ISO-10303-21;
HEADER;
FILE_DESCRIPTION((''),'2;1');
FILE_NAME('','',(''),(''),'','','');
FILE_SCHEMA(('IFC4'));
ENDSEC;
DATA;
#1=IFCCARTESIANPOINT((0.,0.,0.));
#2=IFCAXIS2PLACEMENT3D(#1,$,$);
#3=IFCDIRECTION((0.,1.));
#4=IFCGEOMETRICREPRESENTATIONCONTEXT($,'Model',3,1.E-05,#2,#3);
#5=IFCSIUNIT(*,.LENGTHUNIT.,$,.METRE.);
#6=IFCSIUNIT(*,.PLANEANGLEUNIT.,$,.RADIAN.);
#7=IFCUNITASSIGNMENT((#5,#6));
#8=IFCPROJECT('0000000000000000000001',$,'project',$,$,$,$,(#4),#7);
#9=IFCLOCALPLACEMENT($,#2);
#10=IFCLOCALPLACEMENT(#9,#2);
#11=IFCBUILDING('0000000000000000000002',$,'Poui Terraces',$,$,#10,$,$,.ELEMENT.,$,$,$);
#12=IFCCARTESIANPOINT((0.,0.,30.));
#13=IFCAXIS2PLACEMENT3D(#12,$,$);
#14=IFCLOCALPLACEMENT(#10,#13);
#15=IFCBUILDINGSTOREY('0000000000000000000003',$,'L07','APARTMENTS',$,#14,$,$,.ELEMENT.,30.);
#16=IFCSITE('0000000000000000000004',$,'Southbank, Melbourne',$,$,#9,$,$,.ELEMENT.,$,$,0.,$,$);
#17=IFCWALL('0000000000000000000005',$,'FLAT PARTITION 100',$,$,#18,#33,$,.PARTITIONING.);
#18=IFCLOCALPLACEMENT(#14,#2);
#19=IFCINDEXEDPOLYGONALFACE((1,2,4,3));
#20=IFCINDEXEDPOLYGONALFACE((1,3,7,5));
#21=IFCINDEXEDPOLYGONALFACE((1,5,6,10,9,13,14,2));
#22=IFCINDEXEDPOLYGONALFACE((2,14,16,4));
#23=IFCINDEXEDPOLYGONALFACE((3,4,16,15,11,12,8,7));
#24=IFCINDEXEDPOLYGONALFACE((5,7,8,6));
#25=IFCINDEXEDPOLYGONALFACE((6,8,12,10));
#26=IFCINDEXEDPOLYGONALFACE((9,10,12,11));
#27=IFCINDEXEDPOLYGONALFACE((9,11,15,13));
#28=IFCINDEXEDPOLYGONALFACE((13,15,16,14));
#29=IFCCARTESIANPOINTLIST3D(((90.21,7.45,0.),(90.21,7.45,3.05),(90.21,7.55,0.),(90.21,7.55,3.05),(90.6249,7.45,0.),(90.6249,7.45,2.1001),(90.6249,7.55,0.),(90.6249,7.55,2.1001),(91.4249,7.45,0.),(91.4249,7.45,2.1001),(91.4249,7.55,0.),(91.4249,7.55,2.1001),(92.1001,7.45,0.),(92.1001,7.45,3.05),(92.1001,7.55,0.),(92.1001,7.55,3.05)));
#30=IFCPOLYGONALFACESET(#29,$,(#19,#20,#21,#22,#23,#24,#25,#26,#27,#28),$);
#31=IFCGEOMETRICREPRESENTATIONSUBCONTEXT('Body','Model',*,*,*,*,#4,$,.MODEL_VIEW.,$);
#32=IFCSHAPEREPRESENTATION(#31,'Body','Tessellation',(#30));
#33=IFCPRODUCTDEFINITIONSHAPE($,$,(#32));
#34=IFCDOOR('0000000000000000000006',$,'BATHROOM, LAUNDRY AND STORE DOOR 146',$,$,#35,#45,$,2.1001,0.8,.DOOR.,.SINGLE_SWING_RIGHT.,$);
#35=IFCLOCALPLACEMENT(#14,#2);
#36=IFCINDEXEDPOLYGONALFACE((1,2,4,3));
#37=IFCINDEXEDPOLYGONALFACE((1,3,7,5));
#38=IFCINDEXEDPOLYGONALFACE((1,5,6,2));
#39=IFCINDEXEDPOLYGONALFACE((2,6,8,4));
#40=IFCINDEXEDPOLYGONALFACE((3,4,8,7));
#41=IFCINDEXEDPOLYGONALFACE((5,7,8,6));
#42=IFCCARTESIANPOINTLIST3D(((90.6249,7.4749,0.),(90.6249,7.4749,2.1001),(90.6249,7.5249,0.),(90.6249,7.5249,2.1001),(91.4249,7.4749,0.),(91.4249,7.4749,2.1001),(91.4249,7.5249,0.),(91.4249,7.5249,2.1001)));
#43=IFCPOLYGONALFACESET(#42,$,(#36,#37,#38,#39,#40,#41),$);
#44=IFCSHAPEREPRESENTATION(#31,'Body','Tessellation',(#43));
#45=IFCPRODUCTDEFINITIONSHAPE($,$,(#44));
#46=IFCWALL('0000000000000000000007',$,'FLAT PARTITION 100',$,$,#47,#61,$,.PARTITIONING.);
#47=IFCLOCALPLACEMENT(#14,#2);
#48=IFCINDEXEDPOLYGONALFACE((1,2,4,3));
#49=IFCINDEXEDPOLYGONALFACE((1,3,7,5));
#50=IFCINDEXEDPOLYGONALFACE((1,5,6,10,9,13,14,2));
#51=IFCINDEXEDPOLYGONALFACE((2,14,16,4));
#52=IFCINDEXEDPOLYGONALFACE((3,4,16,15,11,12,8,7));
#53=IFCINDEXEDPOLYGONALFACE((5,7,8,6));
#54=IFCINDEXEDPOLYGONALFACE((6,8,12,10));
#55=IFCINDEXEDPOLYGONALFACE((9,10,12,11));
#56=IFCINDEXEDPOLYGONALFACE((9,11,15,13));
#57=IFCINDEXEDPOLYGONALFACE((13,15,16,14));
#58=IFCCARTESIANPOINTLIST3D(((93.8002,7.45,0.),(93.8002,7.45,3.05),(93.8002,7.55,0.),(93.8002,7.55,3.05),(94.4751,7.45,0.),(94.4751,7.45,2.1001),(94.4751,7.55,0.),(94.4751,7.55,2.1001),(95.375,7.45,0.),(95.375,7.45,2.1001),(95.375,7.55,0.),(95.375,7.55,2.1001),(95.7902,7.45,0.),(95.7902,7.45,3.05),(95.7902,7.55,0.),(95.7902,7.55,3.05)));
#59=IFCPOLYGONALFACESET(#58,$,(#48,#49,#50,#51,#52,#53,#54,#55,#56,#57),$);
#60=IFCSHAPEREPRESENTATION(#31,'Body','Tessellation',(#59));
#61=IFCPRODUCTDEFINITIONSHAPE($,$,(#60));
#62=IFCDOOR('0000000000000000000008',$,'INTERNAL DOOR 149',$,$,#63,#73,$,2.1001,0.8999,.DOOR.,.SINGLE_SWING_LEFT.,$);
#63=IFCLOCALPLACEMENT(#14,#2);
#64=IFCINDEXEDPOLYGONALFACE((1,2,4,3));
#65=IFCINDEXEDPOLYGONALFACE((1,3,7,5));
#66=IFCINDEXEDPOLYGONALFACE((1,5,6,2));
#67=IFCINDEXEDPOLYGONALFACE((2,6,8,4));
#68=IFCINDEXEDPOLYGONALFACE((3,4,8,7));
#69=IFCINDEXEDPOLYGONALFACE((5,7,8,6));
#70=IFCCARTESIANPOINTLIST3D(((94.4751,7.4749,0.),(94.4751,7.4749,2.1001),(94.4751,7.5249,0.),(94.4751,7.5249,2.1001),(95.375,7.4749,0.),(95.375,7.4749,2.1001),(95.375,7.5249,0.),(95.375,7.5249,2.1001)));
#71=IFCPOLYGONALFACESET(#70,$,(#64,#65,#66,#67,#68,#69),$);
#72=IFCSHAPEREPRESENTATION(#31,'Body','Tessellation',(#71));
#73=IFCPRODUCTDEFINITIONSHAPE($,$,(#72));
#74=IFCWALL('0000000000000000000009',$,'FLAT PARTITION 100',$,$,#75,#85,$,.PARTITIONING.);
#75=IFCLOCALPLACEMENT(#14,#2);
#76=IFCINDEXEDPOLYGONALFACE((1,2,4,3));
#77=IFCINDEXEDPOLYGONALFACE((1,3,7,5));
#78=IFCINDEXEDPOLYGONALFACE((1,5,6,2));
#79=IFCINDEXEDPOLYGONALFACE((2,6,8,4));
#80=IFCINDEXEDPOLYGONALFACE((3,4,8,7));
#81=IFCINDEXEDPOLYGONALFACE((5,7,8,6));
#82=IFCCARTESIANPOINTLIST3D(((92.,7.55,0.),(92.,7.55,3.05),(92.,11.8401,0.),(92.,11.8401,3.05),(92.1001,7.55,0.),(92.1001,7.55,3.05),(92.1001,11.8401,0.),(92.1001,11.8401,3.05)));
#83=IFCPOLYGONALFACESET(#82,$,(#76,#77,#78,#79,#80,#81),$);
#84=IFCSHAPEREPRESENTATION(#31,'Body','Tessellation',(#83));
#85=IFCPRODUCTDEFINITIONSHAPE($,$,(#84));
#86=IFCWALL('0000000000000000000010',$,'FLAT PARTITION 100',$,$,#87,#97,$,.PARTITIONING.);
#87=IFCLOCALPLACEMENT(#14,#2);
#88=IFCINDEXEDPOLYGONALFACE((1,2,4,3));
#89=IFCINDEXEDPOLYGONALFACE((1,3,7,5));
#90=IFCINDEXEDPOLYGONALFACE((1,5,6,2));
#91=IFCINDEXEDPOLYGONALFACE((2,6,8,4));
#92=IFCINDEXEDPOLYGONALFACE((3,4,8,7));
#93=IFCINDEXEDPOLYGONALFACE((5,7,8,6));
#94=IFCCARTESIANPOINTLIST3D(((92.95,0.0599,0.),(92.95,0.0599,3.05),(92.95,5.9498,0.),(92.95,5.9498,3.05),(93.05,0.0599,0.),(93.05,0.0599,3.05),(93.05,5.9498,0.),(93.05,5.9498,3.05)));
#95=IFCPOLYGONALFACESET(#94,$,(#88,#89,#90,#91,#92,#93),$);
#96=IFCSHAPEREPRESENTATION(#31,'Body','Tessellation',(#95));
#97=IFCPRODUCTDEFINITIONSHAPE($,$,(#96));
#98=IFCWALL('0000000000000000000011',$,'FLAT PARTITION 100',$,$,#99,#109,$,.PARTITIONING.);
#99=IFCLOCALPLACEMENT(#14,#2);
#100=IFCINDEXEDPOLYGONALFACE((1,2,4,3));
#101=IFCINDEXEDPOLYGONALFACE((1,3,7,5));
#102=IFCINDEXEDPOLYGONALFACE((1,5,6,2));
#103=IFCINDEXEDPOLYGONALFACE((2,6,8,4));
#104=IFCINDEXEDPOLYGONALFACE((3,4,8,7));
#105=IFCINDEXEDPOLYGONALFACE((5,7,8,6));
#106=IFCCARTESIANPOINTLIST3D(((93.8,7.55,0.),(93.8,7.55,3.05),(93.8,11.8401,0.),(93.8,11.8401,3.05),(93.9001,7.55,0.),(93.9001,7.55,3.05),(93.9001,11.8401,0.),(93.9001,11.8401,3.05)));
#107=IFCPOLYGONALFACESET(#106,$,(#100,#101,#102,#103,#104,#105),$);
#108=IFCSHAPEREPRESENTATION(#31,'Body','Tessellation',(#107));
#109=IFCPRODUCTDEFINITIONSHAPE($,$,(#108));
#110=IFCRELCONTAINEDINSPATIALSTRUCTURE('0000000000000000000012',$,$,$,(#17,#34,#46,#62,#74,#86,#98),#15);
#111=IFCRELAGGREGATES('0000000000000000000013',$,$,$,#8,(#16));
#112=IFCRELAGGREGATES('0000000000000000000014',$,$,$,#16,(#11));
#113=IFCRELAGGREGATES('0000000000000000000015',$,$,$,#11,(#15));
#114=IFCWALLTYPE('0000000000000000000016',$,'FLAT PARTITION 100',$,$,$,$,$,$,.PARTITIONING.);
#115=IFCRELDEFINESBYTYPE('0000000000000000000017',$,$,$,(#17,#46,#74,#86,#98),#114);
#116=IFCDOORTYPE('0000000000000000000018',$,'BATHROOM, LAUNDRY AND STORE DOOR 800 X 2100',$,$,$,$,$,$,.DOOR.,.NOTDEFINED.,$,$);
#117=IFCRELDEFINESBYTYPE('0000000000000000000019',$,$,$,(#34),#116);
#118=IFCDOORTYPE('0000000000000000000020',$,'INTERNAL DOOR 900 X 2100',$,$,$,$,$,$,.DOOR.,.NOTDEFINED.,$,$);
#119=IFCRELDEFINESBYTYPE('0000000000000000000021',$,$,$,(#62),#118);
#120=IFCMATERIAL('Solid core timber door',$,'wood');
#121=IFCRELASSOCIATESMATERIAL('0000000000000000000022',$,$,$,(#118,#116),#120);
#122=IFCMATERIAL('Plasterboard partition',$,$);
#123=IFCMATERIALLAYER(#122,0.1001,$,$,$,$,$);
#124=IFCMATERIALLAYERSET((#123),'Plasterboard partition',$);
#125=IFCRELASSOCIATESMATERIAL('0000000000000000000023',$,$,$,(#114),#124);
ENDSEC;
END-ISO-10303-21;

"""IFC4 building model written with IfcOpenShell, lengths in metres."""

from ifc_helpers import new_model, si_unit, direction, frame, frame_2d, origin, place, context, subcontext, project, spatial, rectangle, extrude, material, layer, layer_set, type_object, element, fill, save


model = new_model("IFC4")

# Units and contexts
model_context = context("Model", 3, precision=1e-05, world=origin(), true_north=direction((0.0, 1.0)))
body_context = subcontext(model_context, "Body", "Model", "MODEL_VIEW")
ifc_project = project(units=[si_unit("LENGTHUNIT", "METRE"), si_unit("PLANEANGLEUNIT", "RADIAN")], contexts=[model_context])

# Site, building, storey
site_placement = place(None, origin())
site = spatial("IfcSite", under=ifc_project, at=site_placement, Name="Southbank, Melbourne", CompositionType="ELEMENT", RefElevation=0.0)
building_placement = place(site_placement, origin())
building = spatial("IfcBuilding", under=site, at=building_placement, Name="Poui Terraces", CompositionType="ELEMENT")
storey_placement = place(building_placement, frame((0.0, 0.0, 30.0)))
storey = spatial("IfcBuildingStorey", under=building, at=storey_placement, Name="L07", Description="APARTMENTS", CompositionType="ELEMENT", Elevation=30.0)

# Shared definitions
ifc_material_1 = material(Name="Solid core timber door", Category="wood")
door_type_1 = type_object("IfcDoorType", Name="INTERNAL DOOR 900 X 2100", OperationType="NOTDEFINED", PredefinedType="DOOR", material=ifc_material_1)

# Walls, openings, doors
ifc_material_2 = material(Name="Plasterboard partition")
ifc_layer_1 = layer(ifc_material_2, 0.1001)
ifc_layer_set_1 = layer_set([ifc_layer_1], Name="Plasterboard partition")
wall_type_1 = type_object("IfcWallType", Name="FLAT PARTITION 100", PredefinedType="PARTITIONING", material=ifc_layer_set_1)
wall_1_placement = place(storey_placement, frame((90.21, 7.5, 0.0), z_axis=(0.0, 0.0, 1.0), x_axis=(1.0, 0.0, 0.0)))
wall_1 = element("IfcWall", 1, at=wall_1_placement, inside=storey, type_object=wall_type_1, Name="FLAT PARTITION 100", PredefinedType="PARTITIONING", context=body_context, shape_type="SweptSolid", body=[
    extrude(rectangle(XDim=1.8901, YDim=0.1001, at=frame_2d((0.9451, 0.0))), origin(), (0.0, 0.0, 1.0), 3.05),
])
opening_1_placement = place(wall_1_placement, frame((0.415, 0.0, 0.0)))
opening_1 = element("IfcOpeningElement", 2, at=opening_1_placement, cuts=wall_1, PredefinedType="OPENING", context=body_context, shape_type="SweptSolid", body=[
    extrude(rectangle(XDim=0.8, YDim=2.1001, at=frame_2d((0.3999, 1.05))), frame((0.0, 0.0601, 0.0), z_axis=(0.0, -1.0, 0.0), x_axis=(1.0, 0.0, 0.0)), (0.0, 0.0, 1.0), 0.1201),
])
door_type_2 = type_object("IfcDoorType", Name="BATHROOM, LAUNDRY AND STORE DOOR 800 X 2100", OperationType="NOTDEFINED", PredefinedType="DOOR", material=ifc_material_1)
door_1_placement = place(opening_1_placement, origin())
door_1 = element("IfcDoor", 3, at=door_1_placement, inside=storey, type_object=door_type_2, Name="BATHROOM, LAUNDRY AND STORE DOOR 146", OperationType="SINGLE_SWING_RIGHT", OverallHeight=2.1001, OverallWidth=0.8, PredefinedType="DOOR", context=body_context, shape_type="SweptSolid", body=[
    extrude(rectangle(XDim=0.8, YDim=2.1001, at=frame_2d((0.3999, 1.05))), frame((0.0, 0.0249, 0.0), z_axis=(0.0, -1.0, 0.0), x_axis=(1.0, 0.0, 0.0)), (0.0, 0.0, 1.0), 0.05),
])
fill(opening_1, door_1)
wall_2_placement = place(storey_placement, frame((93.8, 7.5, 0.0), z_axis=(0.0, 0.0, 1.0), x_axis=(1.0, 0.0, 0.0)))
wall_2 = element("IfcWall", 4, at=wall_2_placement, inside=storey, type_object=wall_type_1, Name="FLAT PARTITION 100", PredefinedType="PARTITIONING", context=body_context, shape_type="SweptSolid", body=[
    extrude(rectangle(XDim=1.99, YDim=0.1001, at=frame_2d((0.9951, 0.0))), origin(), (0.0, 0.0, 1.0), 3.05),
])
opening_2_placement = place(wall_2_placement, frame((0.675, 0.0, 0.0)))
opening_2 = element("IfcOpeningElement", 5, at=opening_2_placement, cuts=wall_2, PredefinedType="OPENING", context=body_context, shape_type="SweptSolid", body=[
    extrude(rectangle(XDim=0.8999, YDim=2.1001, at=frame_2d((0.45, 1.05))), frame((0.0, 0.0601, 0.0), z_axis=(0.0, -1.0, 0.0), x_axis=(1.0, 0.0, 0.0)), (0.0, 0.0, 1.0), 0.1201),
])
door_2_placement = place(opening_2_placement, origin())
door_2 = element("IfcDoor", 6, at=door_2_placement, inside=storey, type_object=door_type_1, Name="INTERNAL DOOR 149", OperationType="SINGLE_SWING_LEFT", OverallHeight=2.1001, OverallWidth=0.8999, PredefinedType="DOOR", context=body_context, shape_type="SweptSolid", body=[
    extrude(rectangle(XDim=0.8999, YDim=2.1001, at=frame_2d((0.45, 1.05))), frame((0.0, 0.0249, 0.0), z_axis=(0.0, -1.0, 0.0), x_axis=(1.0, 0.0, 0.0)), (0.0, 0.0, 1.0), 0.05),
])
fill(opening_2, door_2)

# Walls
wall_3_placement = place(storey_placement, frame((92.05, 7.55, 0.0), z_axis=(0.0, 0.0, 1.0), x_axis=(0.0, 1.0, 0.0)))
element("IfcWall", 7, at=wall_3_placement, inside=storey, type_object=wall_type_1, Name="FLAT PARTITION 100", PredefinedType="PARTITIONING", context=body_context, shape_type="SweptSolid", body=[
    extrude(rectangle(XDim=4.29, YDim=0.1001, at=frame_2d((2.145, 0.0))), origin(), (0.0, 0.0, 1.0), 3.05),
])
wall_4_placement = place(storey_placement, frame((93.0, 0.0601, 0.0), z_axis=(0.0, 0.0, 1.0), x_axis=(0.0, 1.0, 0.0)))
element("IfcWall", 8, at=wall_4_placement, inside=storey, type_object=wall_type_1, Name="FLAT PARTITION 100", PredefinedType="PARTITIONING", context=body_context, shape_type="SweptSolid", body=[
    extrude(rectangle(XDim=5.8899, YDim=0.1001, at=frame_2d((2.9448, 0.0))), origin(), (0.0, 0.0, 1.0), 3.05),
])
wall_5_placement = place(storey_placement, frame((93.8501, 7.55, 0.0), z_axis=(0.0, 0.0, 1.0), x_axis=(0.0, 1.0, 0.0)))
element("IfcWall", 9, at=wall_5_placement, inside=storey, type_object=wall_type_1, Name="FLAT PARTITION 100", PredefinedType="PARTITIONING", context=body_context, shape_type="SweptSolid", body=[
    extrude(rectangle(XDim=4.29, YDim=0.1001, at=frame_2d((2.145, 0.0))), origin(), (0.0, 0.0, 1.0), 3.05),
])

save(model, "model.ifc")
